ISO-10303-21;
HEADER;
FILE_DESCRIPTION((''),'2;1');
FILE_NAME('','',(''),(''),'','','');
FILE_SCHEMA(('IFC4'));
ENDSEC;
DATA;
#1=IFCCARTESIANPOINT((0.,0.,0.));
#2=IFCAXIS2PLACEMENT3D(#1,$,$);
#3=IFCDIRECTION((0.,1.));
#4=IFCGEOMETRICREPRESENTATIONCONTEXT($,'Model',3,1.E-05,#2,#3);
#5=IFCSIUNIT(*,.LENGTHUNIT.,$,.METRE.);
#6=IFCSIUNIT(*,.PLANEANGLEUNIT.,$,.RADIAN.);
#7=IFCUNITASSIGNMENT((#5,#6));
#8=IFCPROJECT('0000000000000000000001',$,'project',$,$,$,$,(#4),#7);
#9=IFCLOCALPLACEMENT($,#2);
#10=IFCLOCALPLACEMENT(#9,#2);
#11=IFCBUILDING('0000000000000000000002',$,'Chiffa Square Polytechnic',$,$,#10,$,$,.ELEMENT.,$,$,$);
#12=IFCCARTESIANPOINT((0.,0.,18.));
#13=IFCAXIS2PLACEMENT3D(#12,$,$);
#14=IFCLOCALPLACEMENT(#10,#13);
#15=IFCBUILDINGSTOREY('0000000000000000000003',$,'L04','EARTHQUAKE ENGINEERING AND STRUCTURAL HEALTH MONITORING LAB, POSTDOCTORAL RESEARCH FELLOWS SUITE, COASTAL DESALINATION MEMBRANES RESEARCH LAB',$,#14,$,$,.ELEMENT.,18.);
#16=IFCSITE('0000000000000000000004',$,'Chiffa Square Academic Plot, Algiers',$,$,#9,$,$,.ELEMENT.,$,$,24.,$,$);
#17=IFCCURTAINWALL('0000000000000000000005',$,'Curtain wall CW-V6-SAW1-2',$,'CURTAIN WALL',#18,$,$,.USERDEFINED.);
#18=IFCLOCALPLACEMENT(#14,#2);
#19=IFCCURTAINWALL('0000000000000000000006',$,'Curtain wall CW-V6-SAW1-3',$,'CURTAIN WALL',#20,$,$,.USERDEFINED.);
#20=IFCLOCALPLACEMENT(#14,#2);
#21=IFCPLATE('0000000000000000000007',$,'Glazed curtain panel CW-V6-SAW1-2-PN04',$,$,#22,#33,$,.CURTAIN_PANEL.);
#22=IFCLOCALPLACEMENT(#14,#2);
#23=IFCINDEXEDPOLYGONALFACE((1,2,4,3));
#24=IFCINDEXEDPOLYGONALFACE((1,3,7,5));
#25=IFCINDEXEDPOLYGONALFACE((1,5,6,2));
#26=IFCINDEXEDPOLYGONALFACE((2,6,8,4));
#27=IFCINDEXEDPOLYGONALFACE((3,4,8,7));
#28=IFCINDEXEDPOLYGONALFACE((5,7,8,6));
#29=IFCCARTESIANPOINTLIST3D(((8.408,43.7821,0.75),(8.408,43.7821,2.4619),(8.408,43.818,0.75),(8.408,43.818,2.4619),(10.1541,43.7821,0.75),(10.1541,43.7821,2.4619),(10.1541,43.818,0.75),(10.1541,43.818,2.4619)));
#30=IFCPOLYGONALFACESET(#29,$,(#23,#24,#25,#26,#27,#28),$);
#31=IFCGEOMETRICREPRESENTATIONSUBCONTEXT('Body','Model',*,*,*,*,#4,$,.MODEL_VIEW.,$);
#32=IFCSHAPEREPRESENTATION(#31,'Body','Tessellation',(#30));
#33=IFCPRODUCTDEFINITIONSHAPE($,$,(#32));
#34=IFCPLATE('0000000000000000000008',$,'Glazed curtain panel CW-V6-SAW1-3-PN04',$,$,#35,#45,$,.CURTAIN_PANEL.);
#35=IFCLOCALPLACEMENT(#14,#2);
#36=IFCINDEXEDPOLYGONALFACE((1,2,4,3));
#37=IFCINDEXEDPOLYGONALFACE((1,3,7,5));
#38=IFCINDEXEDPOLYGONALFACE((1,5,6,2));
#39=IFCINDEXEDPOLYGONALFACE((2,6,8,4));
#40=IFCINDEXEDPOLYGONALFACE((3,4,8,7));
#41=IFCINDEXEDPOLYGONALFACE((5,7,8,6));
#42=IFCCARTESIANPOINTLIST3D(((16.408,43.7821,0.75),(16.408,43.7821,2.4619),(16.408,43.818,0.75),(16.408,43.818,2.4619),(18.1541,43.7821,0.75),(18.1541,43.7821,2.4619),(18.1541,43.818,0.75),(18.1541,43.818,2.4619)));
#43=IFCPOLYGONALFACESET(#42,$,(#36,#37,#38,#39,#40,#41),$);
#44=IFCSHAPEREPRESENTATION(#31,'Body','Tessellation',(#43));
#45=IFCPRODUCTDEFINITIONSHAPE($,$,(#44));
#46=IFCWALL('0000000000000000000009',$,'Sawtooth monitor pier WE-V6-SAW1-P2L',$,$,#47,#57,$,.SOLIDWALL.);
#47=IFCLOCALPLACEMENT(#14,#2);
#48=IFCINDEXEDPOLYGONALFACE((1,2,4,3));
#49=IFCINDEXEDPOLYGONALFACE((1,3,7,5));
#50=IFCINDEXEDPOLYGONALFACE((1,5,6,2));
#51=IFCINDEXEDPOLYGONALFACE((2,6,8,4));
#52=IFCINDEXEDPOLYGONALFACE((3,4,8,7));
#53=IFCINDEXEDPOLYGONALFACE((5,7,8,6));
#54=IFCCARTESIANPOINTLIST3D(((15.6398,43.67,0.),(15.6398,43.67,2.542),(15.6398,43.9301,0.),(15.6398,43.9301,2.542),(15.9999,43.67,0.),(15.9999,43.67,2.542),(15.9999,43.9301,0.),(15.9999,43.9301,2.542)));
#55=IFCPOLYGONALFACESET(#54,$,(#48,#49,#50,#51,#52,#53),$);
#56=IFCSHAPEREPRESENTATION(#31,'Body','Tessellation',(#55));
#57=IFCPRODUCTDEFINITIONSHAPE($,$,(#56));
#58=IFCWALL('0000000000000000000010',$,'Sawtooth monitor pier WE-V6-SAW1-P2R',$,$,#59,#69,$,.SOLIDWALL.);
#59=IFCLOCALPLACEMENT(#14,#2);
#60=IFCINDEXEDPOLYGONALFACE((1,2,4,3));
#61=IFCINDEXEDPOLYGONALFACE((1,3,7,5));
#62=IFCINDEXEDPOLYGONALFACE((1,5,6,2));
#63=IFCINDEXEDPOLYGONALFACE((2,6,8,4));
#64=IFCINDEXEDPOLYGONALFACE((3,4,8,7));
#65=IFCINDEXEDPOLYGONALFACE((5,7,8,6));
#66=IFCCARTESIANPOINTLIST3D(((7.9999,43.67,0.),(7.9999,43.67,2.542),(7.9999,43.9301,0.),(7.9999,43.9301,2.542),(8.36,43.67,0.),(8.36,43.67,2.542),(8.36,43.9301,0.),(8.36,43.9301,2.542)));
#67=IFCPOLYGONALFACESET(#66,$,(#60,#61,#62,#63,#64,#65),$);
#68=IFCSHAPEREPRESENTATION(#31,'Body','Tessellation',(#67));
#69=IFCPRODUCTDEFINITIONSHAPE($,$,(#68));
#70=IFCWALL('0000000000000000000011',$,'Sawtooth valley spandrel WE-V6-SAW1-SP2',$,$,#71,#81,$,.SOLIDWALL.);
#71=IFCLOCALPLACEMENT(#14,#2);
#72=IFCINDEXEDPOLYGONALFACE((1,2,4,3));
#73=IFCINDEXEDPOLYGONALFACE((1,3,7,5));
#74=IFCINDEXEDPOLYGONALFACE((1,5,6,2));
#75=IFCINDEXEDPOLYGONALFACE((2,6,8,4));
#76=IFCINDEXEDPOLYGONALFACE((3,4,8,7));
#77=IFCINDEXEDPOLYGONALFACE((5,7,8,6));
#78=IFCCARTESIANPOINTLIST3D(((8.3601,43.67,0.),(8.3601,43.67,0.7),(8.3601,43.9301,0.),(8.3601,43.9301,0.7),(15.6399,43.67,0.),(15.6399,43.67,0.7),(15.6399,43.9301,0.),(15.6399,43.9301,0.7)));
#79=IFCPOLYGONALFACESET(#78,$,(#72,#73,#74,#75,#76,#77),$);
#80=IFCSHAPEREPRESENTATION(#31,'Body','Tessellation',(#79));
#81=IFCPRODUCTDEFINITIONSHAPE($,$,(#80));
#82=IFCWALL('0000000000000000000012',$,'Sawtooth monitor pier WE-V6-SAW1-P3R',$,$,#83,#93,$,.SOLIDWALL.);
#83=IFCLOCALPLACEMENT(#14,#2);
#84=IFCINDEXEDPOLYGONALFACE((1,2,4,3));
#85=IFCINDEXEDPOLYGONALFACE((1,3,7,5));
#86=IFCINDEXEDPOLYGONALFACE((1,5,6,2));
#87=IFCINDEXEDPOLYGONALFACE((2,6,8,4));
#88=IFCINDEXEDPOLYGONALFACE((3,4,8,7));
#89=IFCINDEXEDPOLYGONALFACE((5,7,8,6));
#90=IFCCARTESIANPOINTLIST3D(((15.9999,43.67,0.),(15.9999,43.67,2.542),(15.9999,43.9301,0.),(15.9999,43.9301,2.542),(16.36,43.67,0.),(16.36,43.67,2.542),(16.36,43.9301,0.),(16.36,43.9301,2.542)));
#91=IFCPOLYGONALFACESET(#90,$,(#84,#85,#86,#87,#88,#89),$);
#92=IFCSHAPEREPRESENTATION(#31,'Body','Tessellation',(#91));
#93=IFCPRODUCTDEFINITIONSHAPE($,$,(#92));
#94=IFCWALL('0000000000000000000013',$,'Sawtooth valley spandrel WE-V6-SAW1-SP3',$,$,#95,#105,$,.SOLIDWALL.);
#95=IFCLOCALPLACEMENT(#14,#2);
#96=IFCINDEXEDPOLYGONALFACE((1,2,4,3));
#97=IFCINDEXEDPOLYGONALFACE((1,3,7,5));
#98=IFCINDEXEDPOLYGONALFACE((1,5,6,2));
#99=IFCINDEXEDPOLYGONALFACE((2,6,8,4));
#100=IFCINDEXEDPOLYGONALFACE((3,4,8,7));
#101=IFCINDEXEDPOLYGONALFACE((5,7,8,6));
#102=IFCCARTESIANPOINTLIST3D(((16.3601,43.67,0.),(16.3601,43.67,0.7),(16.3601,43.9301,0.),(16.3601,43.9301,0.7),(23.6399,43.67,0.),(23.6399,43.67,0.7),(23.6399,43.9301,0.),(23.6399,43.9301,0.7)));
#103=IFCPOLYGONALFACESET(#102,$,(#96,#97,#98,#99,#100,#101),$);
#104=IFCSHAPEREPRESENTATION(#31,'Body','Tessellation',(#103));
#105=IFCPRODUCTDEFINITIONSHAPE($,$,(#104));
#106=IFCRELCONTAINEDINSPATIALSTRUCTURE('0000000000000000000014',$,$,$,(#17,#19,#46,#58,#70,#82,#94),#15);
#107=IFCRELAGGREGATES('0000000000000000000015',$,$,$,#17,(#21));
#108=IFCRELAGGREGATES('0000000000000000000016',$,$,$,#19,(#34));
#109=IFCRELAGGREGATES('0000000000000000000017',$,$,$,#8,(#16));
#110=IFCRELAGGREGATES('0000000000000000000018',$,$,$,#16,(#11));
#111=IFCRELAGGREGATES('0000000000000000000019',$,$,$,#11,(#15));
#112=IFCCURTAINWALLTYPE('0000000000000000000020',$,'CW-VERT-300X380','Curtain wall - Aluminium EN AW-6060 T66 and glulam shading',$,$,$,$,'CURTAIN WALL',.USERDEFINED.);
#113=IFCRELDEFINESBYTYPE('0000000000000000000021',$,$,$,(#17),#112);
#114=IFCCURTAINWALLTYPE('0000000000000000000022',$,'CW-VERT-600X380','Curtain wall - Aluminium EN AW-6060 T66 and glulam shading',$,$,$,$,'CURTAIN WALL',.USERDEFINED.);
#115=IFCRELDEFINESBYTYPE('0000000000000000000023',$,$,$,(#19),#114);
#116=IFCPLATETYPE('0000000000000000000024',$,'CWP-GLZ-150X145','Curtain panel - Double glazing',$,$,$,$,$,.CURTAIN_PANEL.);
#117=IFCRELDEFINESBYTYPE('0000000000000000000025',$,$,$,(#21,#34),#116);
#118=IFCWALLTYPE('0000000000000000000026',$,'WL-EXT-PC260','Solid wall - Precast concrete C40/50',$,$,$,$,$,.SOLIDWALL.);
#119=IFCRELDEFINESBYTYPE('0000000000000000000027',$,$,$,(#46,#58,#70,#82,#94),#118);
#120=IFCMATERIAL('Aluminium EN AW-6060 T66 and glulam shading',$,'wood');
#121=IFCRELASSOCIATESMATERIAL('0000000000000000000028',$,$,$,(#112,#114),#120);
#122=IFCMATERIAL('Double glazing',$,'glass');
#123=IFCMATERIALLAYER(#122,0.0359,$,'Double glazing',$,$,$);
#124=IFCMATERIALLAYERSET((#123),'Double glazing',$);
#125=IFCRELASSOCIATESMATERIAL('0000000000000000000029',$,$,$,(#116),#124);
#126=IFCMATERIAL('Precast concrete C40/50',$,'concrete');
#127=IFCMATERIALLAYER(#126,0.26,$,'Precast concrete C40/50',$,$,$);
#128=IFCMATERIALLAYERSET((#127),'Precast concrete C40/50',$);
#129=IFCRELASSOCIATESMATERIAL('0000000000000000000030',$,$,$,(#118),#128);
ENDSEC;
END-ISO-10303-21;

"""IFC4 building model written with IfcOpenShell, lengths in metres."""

from ifc_helpers import new_model, si_unit, direction, frame, frame_2d, origin, origin_2d, place, context, subcontext, project, spatial, rectangle, extrude, material, layer, layer_set, type_object, element, aggregate, save


model = new_model("IFC4")

# Units and contexts
model_context = context("Model", 3, precision=1e-05, world=origin(), true_north=direction((0.0, 1.0)))
body_context = subcontext(model_context, "Body", "Model", "MODEL_VIEW")
ifc_project = project(units=[si_unit("LENGTHUNIT", "METRE"), si_unit("PLANEANGLEUNIT", "RADIAN")], contexts=[model_context])

# Site, building, storey
site_placement = place(None, origin())
site = spatial("IfcSite", under=ifc_project, at=site_placement, Name="Chiffa Square Academic Plot, Algiers", CompositionType="ELEMENT", RefElevation=24.0)
building_placement = place(site_placement, origin())
building = spatial("IfcBuilding", under=site, at=building_placement, Name="Chiffa Square Polytechnic", CompositionType="ELEMENT")
storey_placement = place(building_placement, frame((0.0, 0.0, 18.0)))
storey = spatial("IfcBuildingStorey", under=building, at=storey_placement, Name="L04", Description="EARTHQUAKE ENGINEERING AND STRUCTURAL HEALTH MONITORING LAB, POSTDOCTORAL RESEARCH FELLOWS SUITE, COASTAL DESALINATION MEMBRANES RESEARCH LAB", CompositionType="ELEMENT", Elevation=18.0)

# Curtain wall
ifc_material_1 = material(Name="Aluminium EN AW-6060 T66 and glulam shading", Category="wood")
curtain_wall_type_1 = type_object("IfcCurtainWallType", Name="CW-VERT-300X380", Description="Curtain wall - Aluminium EN AW-6060 T66 and glulam shading", ElementType="CURTAIN WALL", PredefinedType="USERDEFINED", material=ifc_material_1)
curtain_wall_1_placement = place(storey_placement, origin())
curtain_wall_1 = element("IfcCurtainWall", 1, at=curtain_wall_1_placement, inside=storey, type_object=curtain_wall_type_1, Name="Curtain wall CW-V6-SAW1-2", ObjectType="CURTAIN WALL", PredefinedType="USERDEFINED")

# Curtain wall
curtain_wall_type_2 = type_object("IfcCurtainWallType", Name="CW-VERT-600X380", Description="Curtain wall - Aluminium EN AW-6060 T66 and glulam shading", ElementType="CURTAIN WALL", PredefinedType="USERDEFINED", material=ifc_material_1)
curtain_wall_2_placement = place(storey_placement, origin())
curtain_wall_2 = element("IfcCurtainWall", 2, at=curtain_wall_2_placement, inside=storey, type_object=curtain_wall_type_2, Name="Curtain wall CW-V6-SAW1-3", ObjectType="CURTAIN WALL", PredefinedType="USERDEFINED")

# Plates
ifc_material_2 = material(Name="Double glazing", Category="glass")
ifc_layer_1 = layer(ifc_material_2, 0.0359, Name="Double glazing")
ifc_layer_set_1 = layer_set([ifc_layer_1], Name="Double glazing")
plate_type = type_object("IfcPlateType", Name="CWP-GLZ-150X145", Description="Curtain panel - Double glazing", PredefinedType="CURTAIN_PANEL", material=ifc_layer_set_1)
plate_1_placement = place(storey_placement, frame((9.281, 43.8, 0.75), z_axis=(0.0, 0.0, 1.0), x_axis=(-1.0, 0.0, 0.0)))
plate_1 = element("IfcPlate", 3, at=plate_1_placement, type_object=plate_type, Name="Glazed curtain panel CW-V6-SAW1-2-PN04", PredefinedType="CURTAIN_PANEL", context=body_context, shape_type="SweptSolid", body=[
    extrude(rectangle(XDim=1.7461, YDim=0.0359, at=origin_2d()), origin(), (0.0, 0.0, 1.0), 1.7119),
])
aggregate(curtain_wall_1, [plate_1])
plate_2_placement = place(storey_placement, frame((17.281, 43.8, 0.75), z_axis=(0.0, 0.0, 1.0), x_axis=(-1.0, 0.0, 0.0)))
plate_2 = element("IfcPlate", 4, at=plate_2_placement, type_object=plate_type, Name="Glazed curtain panel CW-V6-SAW1-3-PN04", PredefinedType="CURTAIN_PANEL", context=body_context, shape_type="SweptSolid", body=[
    extrude(rectangle(XDim=1.7461, YDim=0.0359, at=origin_2d()), origin(), (0.0, 0.0, 1.0), 1.7119),
])
aggregate(curtain_wall_2, [plate_2])

# Walls
ifc_material_3 = material(Name="Precast concrete C40/50", Category="concrete")
ifc_layer_2 = layer(ifc_material_3, 0.26, Name="Precast concrete C40/50")
ifc_layer_set_2 = layer_set([ifc_layer_2], Name="Precast concrete C40/50")
wall_type = type_object("IfcWallType", Name="WL-EXT-PC260", Description="Solid wall - Precast concrete C40/50", PredefinedType="SOLIDWALL", material=ifc_layer_set_2)
for number, where, z_axis, x_axis, name in (
    (5, (16.0, 43.8, 0.0), (0.0, 0.0, 1.0), (-1.0, 0.0, 0.0), "Sawtooth monitor pier WE-V6-SAW1-P2L"),
    (6, (8.3601, 43.8, 0.0), (0.0, 0.0, 1.0), (-1.0, 0.0, 0.0), "Sawtooth monitor pier WE-V6-SAW1-P2R"),
):
    element("IfcWall", number, at=place(storey_placement, frame(where, z_axis=z_axis, x_axis=x_axis)), inside=storey, type_object=wall_type, Name=name, PredefinedType="SOLIDWALL", context=body_context, shape_type="SweptSolid", body=[
        extrude(rectangle(XDim=0.3601, YDim=0.26, at=frame_2d((0.1802, 0.0))), origin(), (0.0, 0.0, 1.0), 2.542),
    ])
wall_1_placement = place(storey_placement, frame((8.3601, 43.8, 0.0), z_axis=(0.0, 0.0, 1.0), x_axis=(1.0, 0.0, 0.0)))
element("IfcWall", 7, at=wall_1_placement, inside=storey, type_object=wall_type, Name="Sawtooth valley spandrel WE-V6-SAW1-SP2", PredefinedType="SOLIDWALL", context=body_context, shape_type="SweptSolid", body=[
    extrude(rectangle(XDim=7.2798, YDim=0.26, at=frame_2d((3.6399, 0.0))), origin(), (0.0, 0.0, 1.0), 0.7),
])
wall_2_placement = place(storey_placement, frame((16.3601, 43.8, 0.0), z_axis=(0.0, 0.0, 1.0), x_axis=(-1.0, 0.0, 0.0)))
element("IfcWall", 8, at=wall_2_placement, inside=storey, type_object=wall_type, Name="Sawtooth monitor pier WE-V6-SAW1-P3R", PredefinedType="SOLIDWALL", context=body_context, shape_type="SweptSolid", body=[
    extrude(rectangle(XDim=0.3601, YDim=0.26, at=frame_2d((0.1802, 0.0))), origin(), (0.0, 0.0, 1.0), 2.542),
])
wall_3_placement = place(storey_placement, frame((16.3601, 43.8, 0.0), z_axis=(0.0, 0.0, 1.0), x_axis=(1.0, 0.0, 0.0)))
element("IfcWall", 9, at=wall_3_placement, inside=storey, type_object=wall_type, Name="Sawtooth valley spandrel WE-V6-SAW1-SP3", PredefinedType="SOLIDWALL", context=body_context, shape_type="SweptSolid", body=[
    extrude(rectangle(XDim=7.2798, YDim=0.26, at=frame_2d((3.6399, 0.0))), origin(), (0.0, 0.0, 1.0), 0.7),
])

save(model, "model.ifc")
